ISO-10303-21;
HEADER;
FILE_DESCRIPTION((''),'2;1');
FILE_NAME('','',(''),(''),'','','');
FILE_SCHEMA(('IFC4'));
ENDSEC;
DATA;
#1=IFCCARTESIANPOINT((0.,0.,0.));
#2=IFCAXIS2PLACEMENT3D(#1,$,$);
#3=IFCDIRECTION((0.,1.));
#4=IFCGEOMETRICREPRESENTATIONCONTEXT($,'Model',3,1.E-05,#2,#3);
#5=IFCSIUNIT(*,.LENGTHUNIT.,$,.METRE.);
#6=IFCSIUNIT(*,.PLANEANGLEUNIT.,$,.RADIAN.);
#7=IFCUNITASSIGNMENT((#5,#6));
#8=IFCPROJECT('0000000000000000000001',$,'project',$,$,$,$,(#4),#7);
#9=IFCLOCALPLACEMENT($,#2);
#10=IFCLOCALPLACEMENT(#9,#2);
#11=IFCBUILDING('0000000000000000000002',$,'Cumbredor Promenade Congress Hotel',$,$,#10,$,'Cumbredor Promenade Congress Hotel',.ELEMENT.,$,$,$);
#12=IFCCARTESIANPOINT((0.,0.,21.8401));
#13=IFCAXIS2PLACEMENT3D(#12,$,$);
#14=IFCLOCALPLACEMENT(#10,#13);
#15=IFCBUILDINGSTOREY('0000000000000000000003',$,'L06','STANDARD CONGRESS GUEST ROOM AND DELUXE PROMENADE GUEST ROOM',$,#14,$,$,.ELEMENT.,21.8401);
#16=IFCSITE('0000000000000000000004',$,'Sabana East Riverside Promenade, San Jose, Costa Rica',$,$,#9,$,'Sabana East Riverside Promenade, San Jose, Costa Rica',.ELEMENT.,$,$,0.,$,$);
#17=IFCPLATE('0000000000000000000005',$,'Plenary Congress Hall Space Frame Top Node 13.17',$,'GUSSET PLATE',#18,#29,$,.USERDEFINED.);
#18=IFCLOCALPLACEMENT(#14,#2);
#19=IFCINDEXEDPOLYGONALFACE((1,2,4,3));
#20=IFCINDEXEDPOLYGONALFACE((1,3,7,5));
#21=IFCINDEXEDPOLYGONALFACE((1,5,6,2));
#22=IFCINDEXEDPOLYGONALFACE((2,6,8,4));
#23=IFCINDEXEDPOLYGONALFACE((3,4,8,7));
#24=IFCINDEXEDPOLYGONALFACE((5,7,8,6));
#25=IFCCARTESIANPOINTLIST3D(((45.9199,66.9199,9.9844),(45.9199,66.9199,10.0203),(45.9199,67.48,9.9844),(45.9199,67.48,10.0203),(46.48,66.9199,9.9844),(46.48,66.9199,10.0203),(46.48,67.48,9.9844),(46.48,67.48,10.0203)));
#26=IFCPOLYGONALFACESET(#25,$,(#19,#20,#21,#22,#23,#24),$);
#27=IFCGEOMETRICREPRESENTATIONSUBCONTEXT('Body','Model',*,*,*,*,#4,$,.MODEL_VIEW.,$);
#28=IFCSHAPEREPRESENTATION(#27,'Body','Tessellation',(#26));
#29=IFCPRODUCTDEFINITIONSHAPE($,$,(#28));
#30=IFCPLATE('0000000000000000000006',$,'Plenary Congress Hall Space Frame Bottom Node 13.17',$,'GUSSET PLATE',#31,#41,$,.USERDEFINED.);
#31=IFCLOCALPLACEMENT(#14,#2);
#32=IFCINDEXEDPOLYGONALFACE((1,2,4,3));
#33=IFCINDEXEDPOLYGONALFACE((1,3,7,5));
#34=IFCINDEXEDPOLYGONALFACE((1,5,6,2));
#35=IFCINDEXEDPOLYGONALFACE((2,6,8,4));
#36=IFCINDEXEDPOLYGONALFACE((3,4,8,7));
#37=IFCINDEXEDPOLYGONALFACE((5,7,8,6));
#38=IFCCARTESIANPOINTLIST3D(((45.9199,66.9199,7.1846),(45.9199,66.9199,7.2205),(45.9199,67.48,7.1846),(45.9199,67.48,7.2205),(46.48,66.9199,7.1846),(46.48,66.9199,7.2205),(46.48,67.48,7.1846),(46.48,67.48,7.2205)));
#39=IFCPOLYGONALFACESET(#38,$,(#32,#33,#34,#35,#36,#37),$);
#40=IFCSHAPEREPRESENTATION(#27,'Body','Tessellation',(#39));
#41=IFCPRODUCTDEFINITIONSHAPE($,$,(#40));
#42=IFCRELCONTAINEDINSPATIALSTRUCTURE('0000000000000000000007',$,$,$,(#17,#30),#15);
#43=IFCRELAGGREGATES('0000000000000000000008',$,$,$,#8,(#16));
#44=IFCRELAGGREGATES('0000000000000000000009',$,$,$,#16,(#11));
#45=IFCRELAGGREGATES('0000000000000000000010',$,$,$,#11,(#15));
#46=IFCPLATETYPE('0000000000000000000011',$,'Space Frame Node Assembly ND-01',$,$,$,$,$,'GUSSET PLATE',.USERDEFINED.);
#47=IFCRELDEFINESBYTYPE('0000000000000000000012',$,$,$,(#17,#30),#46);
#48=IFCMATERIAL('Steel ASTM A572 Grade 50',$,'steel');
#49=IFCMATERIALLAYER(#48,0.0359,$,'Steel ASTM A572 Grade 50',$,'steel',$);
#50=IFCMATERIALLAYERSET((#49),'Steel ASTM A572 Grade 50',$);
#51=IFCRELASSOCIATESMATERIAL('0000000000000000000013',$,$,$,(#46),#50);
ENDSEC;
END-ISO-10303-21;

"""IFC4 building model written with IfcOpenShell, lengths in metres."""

from ifc_helpers import new_model, si_unit, direction, frame, origin, origin_2d, place, context, subcontext, project, spatial, rectangle, extrude, material, layer, layer_set, type_object, element, save


model = new_model("IFC4")

# Units and contexts
model_context = context("Model", 3, precision=1e-05, world=origin(), true_north=direction((0.0, 1.0)))
body_context = subcontext(model_context, "Body", "Model", "MODEL_VIEW")
ifc_project = project(units=[si_unit("LENGTHUNIT", "METRE"), si_unit("PLANEANGLEUNIT", "RADIAN")], contexts=[model_context])

# Site, building, storey
site_placement = place(None, origin())
site = spatial("IfcSite", under=ifc_project, at=site_placement, Name="Sabana East Riverside Promenade, San Jose, Costa Rica", LongName="Sabana East Riverside Promenade, San Jose, Costa Rica", CompositionType="ELEMENT", RefElevation=0.0)
building_placement = place(site_placement, origin())
building = spatial("IfcBuilding", under=site, at=building_placement, Name="Cumbredor Promenade Congress Hotel", LongName="Cumbredor Promenade Congress Hotel", CompositionType="ELEMENT")
storey_placement = place(building_placement, frame((0.0, 0.0, 21.8401)))
storey = spatial("IfcBuildingStorey", under=building, at=storey_placement, Name="L06", Description="STANDARD CONGRESS GUEST ROOM AND DELUXE PROMENADE GUEST ROOM", CompositionType="ELEMENT", Elevation=21.8401)

# Plates
ifc_material_1 = material(Name="Steel ASTM A572 Grade 50", Category="steel")
ifc_layer_1 = layer(ifc_material_1, 0.0359, Name="Steel ASTM A572 Grade 50", Category="steel")
ifc_layer_set_1 = layer_set([ifc_layer_1], Name="Steel ASTM A572 Grade 50")
plate_type_1 = type_object("IfcPlateType", Name="Space Frame Node Assembly ND-01", ElementType="GUSSET PLATE", PredefinedType="USERDEFINED", material=ifc_layer_set_1)
for number, where, z_axis, x_axis, name in (
    (1, (46.2, 67.2, 9.9844), (0.0, 0.0, 1.0), (1.0, 0.0, 0.0), "Plenary Congress Hall Space Frame Top Node 13.17"),
    (2, (46.2, 67.2, 7.1846), (0.0, 0.0, 1.0), (1.0, 0.0, 0.0), "Plenary Congress Hall Space Frame Bottom Node 13.17"),
):
    element("IfcPlate", number, at=place(storey_placement, frame(where, z_axis=z_axis, x_axis=x_axis)), inside=storey, type_object=plate_type_1, Name=name, ObjectType="GUSSET PLATE", PredefinedType="USERDEFINED", context=body_context, shape_type="SweptSolid", body=[
        extrude(rectangle(XDim=0.5601, YDim=0.5601, at=origin_2d()), origin(), (0.0, 0.0, 1.0), 0.0359),
    ])

save(model, "model.ifc")
